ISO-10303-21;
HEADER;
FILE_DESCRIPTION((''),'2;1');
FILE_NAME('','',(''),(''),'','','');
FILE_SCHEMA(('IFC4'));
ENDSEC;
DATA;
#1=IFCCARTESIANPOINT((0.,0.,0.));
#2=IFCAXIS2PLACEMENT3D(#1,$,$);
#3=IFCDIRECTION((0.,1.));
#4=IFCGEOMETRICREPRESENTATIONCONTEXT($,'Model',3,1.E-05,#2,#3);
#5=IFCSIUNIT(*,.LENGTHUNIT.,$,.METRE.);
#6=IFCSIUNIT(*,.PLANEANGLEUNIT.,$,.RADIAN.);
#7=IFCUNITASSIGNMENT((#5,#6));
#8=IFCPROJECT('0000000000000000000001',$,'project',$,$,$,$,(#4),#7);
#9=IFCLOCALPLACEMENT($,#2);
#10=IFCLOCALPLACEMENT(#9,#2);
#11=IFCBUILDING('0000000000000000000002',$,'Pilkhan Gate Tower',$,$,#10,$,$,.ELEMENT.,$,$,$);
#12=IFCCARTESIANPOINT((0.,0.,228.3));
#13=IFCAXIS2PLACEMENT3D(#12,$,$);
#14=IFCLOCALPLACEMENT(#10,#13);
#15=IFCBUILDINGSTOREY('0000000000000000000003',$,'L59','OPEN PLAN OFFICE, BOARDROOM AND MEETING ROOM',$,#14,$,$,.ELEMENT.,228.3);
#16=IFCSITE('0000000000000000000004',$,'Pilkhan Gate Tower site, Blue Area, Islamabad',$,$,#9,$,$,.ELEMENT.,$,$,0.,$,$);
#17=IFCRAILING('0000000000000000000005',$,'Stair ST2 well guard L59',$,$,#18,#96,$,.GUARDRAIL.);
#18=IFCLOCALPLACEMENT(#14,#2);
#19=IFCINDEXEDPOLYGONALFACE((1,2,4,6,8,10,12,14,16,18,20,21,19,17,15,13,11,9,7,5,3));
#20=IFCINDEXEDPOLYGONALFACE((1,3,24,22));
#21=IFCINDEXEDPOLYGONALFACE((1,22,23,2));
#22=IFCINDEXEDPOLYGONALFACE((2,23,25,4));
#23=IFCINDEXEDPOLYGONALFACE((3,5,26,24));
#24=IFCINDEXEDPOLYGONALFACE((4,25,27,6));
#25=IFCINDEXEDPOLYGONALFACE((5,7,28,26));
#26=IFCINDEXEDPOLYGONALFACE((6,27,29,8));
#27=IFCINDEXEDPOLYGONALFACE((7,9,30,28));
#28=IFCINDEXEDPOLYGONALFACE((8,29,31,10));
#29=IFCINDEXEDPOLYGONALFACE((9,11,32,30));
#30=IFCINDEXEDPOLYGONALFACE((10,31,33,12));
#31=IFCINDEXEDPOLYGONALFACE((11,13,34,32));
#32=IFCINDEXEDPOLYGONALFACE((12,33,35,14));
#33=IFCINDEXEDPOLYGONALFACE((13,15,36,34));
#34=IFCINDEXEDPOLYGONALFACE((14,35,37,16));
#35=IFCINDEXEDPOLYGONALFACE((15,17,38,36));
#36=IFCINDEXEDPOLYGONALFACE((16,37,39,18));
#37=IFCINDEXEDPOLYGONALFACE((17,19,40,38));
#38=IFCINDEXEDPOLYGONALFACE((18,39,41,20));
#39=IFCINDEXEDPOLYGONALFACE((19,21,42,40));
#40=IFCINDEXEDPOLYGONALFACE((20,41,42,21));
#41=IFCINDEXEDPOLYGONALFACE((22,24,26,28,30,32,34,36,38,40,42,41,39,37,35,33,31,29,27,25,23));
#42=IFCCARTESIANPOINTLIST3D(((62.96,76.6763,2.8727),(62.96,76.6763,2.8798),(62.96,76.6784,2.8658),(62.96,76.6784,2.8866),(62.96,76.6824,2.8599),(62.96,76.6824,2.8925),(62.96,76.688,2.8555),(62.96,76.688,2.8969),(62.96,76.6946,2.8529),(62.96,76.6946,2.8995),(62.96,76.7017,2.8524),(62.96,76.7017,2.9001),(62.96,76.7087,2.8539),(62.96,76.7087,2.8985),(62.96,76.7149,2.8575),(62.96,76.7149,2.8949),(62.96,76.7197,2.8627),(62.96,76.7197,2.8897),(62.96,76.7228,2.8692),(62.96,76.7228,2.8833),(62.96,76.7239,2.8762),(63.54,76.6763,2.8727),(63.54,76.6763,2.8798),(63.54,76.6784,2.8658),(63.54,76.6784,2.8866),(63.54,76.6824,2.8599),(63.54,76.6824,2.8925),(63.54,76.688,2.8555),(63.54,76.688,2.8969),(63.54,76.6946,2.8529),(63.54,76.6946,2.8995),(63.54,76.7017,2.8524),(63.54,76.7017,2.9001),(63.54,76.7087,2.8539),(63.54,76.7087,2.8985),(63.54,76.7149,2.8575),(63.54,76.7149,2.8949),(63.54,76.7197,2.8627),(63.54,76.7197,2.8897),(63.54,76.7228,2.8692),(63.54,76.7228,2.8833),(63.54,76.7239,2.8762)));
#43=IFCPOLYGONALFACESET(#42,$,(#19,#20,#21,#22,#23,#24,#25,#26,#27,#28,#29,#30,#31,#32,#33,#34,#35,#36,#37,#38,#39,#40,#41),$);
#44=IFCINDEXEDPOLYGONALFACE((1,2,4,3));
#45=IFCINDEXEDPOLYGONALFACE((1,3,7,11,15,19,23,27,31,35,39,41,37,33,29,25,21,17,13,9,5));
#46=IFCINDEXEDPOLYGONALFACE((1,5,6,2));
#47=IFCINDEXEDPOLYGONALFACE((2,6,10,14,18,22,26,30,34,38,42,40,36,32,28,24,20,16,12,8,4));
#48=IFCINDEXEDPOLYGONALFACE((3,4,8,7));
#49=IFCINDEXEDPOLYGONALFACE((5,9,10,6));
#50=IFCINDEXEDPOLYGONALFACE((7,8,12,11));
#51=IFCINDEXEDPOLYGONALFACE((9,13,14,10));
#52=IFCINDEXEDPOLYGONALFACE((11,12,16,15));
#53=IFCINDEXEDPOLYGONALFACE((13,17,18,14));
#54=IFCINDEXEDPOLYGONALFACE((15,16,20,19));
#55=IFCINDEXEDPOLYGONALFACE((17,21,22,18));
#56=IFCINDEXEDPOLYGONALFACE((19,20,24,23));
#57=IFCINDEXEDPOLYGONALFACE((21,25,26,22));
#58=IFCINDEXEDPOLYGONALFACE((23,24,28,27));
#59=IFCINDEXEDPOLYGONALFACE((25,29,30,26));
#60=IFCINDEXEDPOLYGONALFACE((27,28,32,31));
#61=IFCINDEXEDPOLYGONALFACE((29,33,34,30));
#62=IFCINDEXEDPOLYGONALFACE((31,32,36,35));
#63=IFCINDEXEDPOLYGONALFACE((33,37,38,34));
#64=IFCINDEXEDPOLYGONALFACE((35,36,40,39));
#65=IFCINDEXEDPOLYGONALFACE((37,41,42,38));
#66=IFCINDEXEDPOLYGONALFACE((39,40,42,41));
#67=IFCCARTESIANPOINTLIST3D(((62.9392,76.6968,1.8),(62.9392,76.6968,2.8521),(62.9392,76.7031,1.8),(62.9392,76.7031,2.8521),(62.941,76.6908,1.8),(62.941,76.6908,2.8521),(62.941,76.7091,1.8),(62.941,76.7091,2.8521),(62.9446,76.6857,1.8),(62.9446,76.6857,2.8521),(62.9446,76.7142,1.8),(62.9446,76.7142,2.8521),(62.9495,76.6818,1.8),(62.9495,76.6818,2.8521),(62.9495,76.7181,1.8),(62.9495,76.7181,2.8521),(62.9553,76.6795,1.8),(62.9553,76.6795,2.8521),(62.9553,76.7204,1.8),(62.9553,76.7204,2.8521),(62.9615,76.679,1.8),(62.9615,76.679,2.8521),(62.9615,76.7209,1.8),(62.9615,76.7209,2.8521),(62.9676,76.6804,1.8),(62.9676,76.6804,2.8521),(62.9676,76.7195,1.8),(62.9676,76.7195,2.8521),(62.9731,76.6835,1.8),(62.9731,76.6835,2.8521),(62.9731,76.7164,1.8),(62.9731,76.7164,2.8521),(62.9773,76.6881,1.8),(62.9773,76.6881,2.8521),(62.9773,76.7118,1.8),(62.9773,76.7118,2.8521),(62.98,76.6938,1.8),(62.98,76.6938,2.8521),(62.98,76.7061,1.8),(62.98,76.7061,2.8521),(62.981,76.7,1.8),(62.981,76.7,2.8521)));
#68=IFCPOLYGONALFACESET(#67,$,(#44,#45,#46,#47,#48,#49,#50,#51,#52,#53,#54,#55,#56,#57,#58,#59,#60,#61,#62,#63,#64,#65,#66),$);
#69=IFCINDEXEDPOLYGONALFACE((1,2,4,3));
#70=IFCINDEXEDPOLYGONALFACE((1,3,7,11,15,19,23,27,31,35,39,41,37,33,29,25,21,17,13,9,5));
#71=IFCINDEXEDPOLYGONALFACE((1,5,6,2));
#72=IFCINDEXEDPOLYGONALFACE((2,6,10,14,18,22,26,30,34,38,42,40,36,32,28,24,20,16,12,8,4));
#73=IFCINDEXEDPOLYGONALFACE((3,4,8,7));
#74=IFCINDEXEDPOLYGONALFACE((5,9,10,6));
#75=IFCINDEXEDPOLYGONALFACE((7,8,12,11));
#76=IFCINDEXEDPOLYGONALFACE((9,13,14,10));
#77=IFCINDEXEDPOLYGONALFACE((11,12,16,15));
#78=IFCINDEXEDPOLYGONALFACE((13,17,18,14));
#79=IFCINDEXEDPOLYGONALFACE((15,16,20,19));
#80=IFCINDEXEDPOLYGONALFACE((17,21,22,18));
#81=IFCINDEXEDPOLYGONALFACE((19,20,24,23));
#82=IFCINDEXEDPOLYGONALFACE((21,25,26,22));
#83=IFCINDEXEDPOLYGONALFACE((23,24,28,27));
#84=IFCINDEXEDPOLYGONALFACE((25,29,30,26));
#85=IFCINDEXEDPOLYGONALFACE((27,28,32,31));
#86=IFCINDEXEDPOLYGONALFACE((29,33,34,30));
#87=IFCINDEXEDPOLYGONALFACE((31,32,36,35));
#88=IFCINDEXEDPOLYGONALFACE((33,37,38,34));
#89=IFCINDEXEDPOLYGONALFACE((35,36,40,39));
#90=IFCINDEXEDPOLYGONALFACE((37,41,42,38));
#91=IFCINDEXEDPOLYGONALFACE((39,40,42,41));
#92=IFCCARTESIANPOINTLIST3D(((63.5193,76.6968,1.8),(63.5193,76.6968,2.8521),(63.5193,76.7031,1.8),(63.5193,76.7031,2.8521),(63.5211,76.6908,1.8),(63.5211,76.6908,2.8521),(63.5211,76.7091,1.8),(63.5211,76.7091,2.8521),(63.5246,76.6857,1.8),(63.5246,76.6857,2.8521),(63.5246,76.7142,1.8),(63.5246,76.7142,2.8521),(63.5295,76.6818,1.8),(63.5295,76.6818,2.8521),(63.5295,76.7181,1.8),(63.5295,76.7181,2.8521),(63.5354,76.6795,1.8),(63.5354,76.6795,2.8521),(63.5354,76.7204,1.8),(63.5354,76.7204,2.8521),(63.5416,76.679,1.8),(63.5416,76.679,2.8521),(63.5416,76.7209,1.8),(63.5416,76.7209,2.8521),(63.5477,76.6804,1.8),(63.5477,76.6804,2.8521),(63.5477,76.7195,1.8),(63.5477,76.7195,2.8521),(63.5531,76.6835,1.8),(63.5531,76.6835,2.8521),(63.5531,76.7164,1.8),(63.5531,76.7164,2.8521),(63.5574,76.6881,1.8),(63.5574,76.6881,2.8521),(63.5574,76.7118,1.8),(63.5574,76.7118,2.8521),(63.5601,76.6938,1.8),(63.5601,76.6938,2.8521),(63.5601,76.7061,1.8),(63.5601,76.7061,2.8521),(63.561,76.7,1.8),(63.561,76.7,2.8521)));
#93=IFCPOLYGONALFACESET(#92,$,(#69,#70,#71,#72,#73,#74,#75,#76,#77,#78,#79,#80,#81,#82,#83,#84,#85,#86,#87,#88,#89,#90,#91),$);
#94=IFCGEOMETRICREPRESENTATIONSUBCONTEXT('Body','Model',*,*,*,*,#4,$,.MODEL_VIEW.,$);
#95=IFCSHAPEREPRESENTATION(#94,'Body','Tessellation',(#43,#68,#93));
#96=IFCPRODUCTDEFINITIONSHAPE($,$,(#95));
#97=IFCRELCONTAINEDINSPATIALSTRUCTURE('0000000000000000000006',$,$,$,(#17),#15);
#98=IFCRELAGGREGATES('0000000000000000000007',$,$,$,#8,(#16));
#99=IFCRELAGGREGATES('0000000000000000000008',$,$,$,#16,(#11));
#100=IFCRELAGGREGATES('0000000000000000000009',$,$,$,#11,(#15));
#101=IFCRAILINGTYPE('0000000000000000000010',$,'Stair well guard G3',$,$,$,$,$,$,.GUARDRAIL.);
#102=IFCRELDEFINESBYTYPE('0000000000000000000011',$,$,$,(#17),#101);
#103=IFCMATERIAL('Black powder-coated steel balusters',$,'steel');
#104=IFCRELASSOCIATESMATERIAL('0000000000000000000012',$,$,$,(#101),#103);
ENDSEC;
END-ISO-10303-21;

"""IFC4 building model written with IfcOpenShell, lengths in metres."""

from ifc_helpers import new_model, si_unit, direction, frame, origin, origin_2d, place, context, subcontext, project, spatial, circle, extrude, material, type_object, element, save


model = new_model("IFC4")

# Units and contexts
model_context = context("Model", 3, precision=1e-05, world=origin(), true_north=direction((0.0, 1.0)))
body_context = subcontext(model_context, "Body", "Model", "MODEL_VIEW")
ifc_project = project(units=[si_unit("LENGTHUNIT", "METRE"), si_unit("PLANEANGLEUNIT", "RADIAN")], contexts=[model_context])

# Site, building, storey
site_placement = place(None, origin())
site = spatial("IfcSite", under=ifc_project, at=site_placement, Name="Pilkhan Gate Tower site, Blue Area, Islamabad", CompositionType="ELEMENT", RefElevation=0.0)
building_placement = place(site_placement, origin())
building = spatial("IfcBuilding", under=site, at=building_placement, Name="Pilkhan Gate Tower", CompositionType="ELEMENT")
storey_placement = place(building_placement, frame((0.0, 0.0, 228.3)))
storey = spatial("IfcBuildingStorey", under=building, at=storey_placement, Name="L59", Description="OPEN PLAN OFFICE, BOARDROOM AND MEETING ROOM", CompositionType="ELEMENT", Elevation=228.3)

# Railing
ifc_material_1 = material(Name="Black powder-coated steel balusters", Category="steel")
railing_type_1 = type_object("IfcRailingType", Name="Stair well guard G3", PredefinedType="GUARDRAIL", material=ifc_material_1)
for number, where, name in (
    (1, (62.96, 76.7, 1.8), "Stair ST2 well guard L59"),
):
    element("IfcRailing", number, at=place(storey_placement, frame(where)), inside=storey, type_object=railing_type_1, Name=name, PredefinedType="GUARDRAIL", context=body_context, shape_type="SweptSolid", body=[
        extrude(circle(Radius=0.0239, at=origin_2d()), frame((0.0, 0.0, 1.0762), z_axis=(1.0, 0.0, 0.0), x_axis=(0.0, 1.0, 0.0)), (0.0, 0.0, 1.0), 0.5801),
        extrude(circle(Radius=0.021, at=origin_2d()), origin(), (0.0, 0.0, 1.0), 1.052),
        extrude(circle(Radius=0.021, at=origin_2d()), frame((0.5801, 0.0, 0.0)), (0.0, 0.0, 1.0), 1.052),
    ])

save(model, "model.ifc")
